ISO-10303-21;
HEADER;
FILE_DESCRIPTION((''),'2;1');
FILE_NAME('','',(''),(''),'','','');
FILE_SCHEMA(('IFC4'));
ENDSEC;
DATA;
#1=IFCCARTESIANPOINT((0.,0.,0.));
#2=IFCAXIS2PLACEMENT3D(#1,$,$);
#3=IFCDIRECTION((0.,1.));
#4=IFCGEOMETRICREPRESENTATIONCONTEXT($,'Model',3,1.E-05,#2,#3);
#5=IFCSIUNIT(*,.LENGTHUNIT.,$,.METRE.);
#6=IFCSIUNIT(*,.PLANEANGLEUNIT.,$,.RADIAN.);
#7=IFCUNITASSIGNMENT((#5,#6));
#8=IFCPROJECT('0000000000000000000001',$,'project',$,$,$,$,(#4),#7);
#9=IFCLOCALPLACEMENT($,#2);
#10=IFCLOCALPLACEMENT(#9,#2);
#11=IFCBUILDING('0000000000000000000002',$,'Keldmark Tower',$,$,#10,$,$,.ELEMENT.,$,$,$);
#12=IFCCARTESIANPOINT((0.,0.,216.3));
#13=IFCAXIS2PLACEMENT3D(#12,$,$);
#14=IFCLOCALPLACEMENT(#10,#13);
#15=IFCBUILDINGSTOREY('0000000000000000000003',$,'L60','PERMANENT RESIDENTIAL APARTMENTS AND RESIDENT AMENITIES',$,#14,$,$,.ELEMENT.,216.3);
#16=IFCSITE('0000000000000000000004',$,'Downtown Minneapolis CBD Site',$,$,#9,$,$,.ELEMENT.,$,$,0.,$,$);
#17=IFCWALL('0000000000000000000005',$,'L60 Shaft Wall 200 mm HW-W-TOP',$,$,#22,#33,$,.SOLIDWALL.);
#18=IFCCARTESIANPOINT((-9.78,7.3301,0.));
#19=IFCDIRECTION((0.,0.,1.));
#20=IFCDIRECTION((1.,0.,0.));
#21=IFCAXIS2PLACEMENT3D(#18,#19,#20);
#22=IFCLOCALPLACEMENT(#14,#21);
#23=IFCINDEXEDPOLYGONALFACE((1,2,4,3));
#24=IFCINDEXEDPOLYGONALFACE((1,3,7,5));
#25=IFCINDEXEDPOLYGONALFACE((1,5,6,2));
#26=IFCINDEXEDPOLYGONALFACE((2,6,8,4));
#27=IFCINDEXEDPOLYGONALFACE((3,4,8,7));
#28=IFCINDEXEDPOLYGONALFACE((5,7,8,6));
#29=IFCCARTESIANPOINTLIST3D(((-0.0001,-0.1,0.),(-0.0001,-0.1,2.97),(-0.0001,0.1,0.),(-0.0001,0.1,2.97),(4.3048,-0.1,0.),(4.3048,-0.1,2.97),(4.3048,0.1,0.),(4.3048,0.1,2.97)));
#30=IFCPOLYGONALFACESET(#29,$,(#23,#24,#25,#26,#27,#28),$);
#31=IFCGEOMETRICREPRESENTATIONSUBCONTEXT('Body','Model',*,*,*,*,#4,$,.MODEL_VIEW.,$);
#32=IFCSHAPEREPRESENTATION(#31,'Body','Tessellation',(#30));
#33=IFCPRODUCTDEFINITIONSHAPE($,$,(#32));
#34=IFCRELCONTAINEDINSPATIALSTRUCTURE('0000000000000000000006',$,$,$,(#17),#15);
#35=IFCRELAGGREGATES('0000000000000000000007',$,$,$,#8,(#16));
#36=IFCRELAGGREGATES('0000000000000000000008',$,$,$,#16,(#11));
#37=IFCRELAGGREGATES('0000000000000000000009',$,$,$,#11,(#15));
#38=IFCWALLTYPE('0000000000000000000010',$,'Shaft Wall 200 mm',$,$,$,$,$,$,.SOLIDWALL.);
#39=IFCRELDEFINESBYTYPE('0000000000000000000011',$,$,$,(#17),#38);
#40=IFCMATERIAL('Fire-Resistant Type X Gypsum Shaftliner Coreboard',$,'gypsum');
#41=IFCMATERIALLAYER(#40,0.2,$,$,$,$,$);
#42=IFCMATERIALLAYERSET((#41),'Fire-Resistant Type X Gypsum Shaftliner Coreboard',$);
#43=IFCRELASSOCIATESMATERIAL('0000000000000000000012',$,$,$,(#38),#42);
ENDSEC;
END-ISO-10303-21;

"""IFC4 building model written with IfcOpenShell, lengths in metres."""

from ifc_helpers import new_model, si_unit, direction, frame, frame_2d, origin, place, context, subcontext, project, spatial, rectangle, extrude, material, layer, layer_set, type_object, element, save


model = new_model("IFC4")

# Units and contexts
model_context = context("Model", 3, precision=1e-05, world=origin(), true_north=direction((0.0, 1.0)))
body_context = subcontext(model_context, "Body", "Model", "MODEL_VIEW")
ifc_project = project(units=[si_unit("LENGTHUNIT", "METRE"), si_unit("PLANEANGLEUNIT", "RADIAN")], contexts=[model_context])

# Site, building, storey
site_placement = place(None, origin())
site = spatial("IfcSite", under=ifc_project, at=site_placement, Name="Downtown Minneapolis CBD Site", CompositionType="ELEMENT", RefElevation=0.0)
building_placement = place(site_placement, origin())
building = spatial("IfcBuilding", under=site, at=building_placement, Name="Keldmark Tower", CompositionType="ELEMENT")
storey_placement = place(building_placement, frame((0.0, 0.0, 216.3)))
storey = spatial("IfcBuildingStorey", under=building, at=storey_placement, Name="L60", Description="PERMANENT RESIDENTIAL APARTMENTS AND RESIDENT AMENITIES", CompositionType="ELEMENT", Elevation=216.3)

# Shared definitions
ifc_material_1 = material(Name="Fire-Resistant Type X Gypsum Shaftliner Coreboard", Category="gypsum")
ifc_layer_1 = layer(ifc_material_1, 0.2)
ifc_layer_set_1 = layer_set([ifc_layer_1], Name="Fire-Resistant Type X Gypsum Shaftliner Coreboard")
wall_type_1 = type_object("IfcWallType", Name="Shaft Wall 200 mm", PredefinedType="SOLIDWALL", material=ifc_layer_set_1)

# Wall
wall_1_placement = place(storey_placement, frame((-9.78, 7.3301, 0.0), z_axis=(0.0, 0.0, 1.0), x_axis=(1.0, 0.0, 0.0)))
element("IfcWall", 1, at=wall_1_placement, inside=storey, type_object=wall_type_1, Name="L60 Shaft Wall 200 mm HW-W-TOP", PredefinedType="SOLIDWALL", context=body_context, shape_type="SweptSolid", body=[
    extrude(rectangle(XDim=4.3049, YDim=0.2, at=frame_2d((2.1523, 0.0))), origin(), (0.0, 0.0, 1.0), 2.97),
])

save(model, "model.ifc")
